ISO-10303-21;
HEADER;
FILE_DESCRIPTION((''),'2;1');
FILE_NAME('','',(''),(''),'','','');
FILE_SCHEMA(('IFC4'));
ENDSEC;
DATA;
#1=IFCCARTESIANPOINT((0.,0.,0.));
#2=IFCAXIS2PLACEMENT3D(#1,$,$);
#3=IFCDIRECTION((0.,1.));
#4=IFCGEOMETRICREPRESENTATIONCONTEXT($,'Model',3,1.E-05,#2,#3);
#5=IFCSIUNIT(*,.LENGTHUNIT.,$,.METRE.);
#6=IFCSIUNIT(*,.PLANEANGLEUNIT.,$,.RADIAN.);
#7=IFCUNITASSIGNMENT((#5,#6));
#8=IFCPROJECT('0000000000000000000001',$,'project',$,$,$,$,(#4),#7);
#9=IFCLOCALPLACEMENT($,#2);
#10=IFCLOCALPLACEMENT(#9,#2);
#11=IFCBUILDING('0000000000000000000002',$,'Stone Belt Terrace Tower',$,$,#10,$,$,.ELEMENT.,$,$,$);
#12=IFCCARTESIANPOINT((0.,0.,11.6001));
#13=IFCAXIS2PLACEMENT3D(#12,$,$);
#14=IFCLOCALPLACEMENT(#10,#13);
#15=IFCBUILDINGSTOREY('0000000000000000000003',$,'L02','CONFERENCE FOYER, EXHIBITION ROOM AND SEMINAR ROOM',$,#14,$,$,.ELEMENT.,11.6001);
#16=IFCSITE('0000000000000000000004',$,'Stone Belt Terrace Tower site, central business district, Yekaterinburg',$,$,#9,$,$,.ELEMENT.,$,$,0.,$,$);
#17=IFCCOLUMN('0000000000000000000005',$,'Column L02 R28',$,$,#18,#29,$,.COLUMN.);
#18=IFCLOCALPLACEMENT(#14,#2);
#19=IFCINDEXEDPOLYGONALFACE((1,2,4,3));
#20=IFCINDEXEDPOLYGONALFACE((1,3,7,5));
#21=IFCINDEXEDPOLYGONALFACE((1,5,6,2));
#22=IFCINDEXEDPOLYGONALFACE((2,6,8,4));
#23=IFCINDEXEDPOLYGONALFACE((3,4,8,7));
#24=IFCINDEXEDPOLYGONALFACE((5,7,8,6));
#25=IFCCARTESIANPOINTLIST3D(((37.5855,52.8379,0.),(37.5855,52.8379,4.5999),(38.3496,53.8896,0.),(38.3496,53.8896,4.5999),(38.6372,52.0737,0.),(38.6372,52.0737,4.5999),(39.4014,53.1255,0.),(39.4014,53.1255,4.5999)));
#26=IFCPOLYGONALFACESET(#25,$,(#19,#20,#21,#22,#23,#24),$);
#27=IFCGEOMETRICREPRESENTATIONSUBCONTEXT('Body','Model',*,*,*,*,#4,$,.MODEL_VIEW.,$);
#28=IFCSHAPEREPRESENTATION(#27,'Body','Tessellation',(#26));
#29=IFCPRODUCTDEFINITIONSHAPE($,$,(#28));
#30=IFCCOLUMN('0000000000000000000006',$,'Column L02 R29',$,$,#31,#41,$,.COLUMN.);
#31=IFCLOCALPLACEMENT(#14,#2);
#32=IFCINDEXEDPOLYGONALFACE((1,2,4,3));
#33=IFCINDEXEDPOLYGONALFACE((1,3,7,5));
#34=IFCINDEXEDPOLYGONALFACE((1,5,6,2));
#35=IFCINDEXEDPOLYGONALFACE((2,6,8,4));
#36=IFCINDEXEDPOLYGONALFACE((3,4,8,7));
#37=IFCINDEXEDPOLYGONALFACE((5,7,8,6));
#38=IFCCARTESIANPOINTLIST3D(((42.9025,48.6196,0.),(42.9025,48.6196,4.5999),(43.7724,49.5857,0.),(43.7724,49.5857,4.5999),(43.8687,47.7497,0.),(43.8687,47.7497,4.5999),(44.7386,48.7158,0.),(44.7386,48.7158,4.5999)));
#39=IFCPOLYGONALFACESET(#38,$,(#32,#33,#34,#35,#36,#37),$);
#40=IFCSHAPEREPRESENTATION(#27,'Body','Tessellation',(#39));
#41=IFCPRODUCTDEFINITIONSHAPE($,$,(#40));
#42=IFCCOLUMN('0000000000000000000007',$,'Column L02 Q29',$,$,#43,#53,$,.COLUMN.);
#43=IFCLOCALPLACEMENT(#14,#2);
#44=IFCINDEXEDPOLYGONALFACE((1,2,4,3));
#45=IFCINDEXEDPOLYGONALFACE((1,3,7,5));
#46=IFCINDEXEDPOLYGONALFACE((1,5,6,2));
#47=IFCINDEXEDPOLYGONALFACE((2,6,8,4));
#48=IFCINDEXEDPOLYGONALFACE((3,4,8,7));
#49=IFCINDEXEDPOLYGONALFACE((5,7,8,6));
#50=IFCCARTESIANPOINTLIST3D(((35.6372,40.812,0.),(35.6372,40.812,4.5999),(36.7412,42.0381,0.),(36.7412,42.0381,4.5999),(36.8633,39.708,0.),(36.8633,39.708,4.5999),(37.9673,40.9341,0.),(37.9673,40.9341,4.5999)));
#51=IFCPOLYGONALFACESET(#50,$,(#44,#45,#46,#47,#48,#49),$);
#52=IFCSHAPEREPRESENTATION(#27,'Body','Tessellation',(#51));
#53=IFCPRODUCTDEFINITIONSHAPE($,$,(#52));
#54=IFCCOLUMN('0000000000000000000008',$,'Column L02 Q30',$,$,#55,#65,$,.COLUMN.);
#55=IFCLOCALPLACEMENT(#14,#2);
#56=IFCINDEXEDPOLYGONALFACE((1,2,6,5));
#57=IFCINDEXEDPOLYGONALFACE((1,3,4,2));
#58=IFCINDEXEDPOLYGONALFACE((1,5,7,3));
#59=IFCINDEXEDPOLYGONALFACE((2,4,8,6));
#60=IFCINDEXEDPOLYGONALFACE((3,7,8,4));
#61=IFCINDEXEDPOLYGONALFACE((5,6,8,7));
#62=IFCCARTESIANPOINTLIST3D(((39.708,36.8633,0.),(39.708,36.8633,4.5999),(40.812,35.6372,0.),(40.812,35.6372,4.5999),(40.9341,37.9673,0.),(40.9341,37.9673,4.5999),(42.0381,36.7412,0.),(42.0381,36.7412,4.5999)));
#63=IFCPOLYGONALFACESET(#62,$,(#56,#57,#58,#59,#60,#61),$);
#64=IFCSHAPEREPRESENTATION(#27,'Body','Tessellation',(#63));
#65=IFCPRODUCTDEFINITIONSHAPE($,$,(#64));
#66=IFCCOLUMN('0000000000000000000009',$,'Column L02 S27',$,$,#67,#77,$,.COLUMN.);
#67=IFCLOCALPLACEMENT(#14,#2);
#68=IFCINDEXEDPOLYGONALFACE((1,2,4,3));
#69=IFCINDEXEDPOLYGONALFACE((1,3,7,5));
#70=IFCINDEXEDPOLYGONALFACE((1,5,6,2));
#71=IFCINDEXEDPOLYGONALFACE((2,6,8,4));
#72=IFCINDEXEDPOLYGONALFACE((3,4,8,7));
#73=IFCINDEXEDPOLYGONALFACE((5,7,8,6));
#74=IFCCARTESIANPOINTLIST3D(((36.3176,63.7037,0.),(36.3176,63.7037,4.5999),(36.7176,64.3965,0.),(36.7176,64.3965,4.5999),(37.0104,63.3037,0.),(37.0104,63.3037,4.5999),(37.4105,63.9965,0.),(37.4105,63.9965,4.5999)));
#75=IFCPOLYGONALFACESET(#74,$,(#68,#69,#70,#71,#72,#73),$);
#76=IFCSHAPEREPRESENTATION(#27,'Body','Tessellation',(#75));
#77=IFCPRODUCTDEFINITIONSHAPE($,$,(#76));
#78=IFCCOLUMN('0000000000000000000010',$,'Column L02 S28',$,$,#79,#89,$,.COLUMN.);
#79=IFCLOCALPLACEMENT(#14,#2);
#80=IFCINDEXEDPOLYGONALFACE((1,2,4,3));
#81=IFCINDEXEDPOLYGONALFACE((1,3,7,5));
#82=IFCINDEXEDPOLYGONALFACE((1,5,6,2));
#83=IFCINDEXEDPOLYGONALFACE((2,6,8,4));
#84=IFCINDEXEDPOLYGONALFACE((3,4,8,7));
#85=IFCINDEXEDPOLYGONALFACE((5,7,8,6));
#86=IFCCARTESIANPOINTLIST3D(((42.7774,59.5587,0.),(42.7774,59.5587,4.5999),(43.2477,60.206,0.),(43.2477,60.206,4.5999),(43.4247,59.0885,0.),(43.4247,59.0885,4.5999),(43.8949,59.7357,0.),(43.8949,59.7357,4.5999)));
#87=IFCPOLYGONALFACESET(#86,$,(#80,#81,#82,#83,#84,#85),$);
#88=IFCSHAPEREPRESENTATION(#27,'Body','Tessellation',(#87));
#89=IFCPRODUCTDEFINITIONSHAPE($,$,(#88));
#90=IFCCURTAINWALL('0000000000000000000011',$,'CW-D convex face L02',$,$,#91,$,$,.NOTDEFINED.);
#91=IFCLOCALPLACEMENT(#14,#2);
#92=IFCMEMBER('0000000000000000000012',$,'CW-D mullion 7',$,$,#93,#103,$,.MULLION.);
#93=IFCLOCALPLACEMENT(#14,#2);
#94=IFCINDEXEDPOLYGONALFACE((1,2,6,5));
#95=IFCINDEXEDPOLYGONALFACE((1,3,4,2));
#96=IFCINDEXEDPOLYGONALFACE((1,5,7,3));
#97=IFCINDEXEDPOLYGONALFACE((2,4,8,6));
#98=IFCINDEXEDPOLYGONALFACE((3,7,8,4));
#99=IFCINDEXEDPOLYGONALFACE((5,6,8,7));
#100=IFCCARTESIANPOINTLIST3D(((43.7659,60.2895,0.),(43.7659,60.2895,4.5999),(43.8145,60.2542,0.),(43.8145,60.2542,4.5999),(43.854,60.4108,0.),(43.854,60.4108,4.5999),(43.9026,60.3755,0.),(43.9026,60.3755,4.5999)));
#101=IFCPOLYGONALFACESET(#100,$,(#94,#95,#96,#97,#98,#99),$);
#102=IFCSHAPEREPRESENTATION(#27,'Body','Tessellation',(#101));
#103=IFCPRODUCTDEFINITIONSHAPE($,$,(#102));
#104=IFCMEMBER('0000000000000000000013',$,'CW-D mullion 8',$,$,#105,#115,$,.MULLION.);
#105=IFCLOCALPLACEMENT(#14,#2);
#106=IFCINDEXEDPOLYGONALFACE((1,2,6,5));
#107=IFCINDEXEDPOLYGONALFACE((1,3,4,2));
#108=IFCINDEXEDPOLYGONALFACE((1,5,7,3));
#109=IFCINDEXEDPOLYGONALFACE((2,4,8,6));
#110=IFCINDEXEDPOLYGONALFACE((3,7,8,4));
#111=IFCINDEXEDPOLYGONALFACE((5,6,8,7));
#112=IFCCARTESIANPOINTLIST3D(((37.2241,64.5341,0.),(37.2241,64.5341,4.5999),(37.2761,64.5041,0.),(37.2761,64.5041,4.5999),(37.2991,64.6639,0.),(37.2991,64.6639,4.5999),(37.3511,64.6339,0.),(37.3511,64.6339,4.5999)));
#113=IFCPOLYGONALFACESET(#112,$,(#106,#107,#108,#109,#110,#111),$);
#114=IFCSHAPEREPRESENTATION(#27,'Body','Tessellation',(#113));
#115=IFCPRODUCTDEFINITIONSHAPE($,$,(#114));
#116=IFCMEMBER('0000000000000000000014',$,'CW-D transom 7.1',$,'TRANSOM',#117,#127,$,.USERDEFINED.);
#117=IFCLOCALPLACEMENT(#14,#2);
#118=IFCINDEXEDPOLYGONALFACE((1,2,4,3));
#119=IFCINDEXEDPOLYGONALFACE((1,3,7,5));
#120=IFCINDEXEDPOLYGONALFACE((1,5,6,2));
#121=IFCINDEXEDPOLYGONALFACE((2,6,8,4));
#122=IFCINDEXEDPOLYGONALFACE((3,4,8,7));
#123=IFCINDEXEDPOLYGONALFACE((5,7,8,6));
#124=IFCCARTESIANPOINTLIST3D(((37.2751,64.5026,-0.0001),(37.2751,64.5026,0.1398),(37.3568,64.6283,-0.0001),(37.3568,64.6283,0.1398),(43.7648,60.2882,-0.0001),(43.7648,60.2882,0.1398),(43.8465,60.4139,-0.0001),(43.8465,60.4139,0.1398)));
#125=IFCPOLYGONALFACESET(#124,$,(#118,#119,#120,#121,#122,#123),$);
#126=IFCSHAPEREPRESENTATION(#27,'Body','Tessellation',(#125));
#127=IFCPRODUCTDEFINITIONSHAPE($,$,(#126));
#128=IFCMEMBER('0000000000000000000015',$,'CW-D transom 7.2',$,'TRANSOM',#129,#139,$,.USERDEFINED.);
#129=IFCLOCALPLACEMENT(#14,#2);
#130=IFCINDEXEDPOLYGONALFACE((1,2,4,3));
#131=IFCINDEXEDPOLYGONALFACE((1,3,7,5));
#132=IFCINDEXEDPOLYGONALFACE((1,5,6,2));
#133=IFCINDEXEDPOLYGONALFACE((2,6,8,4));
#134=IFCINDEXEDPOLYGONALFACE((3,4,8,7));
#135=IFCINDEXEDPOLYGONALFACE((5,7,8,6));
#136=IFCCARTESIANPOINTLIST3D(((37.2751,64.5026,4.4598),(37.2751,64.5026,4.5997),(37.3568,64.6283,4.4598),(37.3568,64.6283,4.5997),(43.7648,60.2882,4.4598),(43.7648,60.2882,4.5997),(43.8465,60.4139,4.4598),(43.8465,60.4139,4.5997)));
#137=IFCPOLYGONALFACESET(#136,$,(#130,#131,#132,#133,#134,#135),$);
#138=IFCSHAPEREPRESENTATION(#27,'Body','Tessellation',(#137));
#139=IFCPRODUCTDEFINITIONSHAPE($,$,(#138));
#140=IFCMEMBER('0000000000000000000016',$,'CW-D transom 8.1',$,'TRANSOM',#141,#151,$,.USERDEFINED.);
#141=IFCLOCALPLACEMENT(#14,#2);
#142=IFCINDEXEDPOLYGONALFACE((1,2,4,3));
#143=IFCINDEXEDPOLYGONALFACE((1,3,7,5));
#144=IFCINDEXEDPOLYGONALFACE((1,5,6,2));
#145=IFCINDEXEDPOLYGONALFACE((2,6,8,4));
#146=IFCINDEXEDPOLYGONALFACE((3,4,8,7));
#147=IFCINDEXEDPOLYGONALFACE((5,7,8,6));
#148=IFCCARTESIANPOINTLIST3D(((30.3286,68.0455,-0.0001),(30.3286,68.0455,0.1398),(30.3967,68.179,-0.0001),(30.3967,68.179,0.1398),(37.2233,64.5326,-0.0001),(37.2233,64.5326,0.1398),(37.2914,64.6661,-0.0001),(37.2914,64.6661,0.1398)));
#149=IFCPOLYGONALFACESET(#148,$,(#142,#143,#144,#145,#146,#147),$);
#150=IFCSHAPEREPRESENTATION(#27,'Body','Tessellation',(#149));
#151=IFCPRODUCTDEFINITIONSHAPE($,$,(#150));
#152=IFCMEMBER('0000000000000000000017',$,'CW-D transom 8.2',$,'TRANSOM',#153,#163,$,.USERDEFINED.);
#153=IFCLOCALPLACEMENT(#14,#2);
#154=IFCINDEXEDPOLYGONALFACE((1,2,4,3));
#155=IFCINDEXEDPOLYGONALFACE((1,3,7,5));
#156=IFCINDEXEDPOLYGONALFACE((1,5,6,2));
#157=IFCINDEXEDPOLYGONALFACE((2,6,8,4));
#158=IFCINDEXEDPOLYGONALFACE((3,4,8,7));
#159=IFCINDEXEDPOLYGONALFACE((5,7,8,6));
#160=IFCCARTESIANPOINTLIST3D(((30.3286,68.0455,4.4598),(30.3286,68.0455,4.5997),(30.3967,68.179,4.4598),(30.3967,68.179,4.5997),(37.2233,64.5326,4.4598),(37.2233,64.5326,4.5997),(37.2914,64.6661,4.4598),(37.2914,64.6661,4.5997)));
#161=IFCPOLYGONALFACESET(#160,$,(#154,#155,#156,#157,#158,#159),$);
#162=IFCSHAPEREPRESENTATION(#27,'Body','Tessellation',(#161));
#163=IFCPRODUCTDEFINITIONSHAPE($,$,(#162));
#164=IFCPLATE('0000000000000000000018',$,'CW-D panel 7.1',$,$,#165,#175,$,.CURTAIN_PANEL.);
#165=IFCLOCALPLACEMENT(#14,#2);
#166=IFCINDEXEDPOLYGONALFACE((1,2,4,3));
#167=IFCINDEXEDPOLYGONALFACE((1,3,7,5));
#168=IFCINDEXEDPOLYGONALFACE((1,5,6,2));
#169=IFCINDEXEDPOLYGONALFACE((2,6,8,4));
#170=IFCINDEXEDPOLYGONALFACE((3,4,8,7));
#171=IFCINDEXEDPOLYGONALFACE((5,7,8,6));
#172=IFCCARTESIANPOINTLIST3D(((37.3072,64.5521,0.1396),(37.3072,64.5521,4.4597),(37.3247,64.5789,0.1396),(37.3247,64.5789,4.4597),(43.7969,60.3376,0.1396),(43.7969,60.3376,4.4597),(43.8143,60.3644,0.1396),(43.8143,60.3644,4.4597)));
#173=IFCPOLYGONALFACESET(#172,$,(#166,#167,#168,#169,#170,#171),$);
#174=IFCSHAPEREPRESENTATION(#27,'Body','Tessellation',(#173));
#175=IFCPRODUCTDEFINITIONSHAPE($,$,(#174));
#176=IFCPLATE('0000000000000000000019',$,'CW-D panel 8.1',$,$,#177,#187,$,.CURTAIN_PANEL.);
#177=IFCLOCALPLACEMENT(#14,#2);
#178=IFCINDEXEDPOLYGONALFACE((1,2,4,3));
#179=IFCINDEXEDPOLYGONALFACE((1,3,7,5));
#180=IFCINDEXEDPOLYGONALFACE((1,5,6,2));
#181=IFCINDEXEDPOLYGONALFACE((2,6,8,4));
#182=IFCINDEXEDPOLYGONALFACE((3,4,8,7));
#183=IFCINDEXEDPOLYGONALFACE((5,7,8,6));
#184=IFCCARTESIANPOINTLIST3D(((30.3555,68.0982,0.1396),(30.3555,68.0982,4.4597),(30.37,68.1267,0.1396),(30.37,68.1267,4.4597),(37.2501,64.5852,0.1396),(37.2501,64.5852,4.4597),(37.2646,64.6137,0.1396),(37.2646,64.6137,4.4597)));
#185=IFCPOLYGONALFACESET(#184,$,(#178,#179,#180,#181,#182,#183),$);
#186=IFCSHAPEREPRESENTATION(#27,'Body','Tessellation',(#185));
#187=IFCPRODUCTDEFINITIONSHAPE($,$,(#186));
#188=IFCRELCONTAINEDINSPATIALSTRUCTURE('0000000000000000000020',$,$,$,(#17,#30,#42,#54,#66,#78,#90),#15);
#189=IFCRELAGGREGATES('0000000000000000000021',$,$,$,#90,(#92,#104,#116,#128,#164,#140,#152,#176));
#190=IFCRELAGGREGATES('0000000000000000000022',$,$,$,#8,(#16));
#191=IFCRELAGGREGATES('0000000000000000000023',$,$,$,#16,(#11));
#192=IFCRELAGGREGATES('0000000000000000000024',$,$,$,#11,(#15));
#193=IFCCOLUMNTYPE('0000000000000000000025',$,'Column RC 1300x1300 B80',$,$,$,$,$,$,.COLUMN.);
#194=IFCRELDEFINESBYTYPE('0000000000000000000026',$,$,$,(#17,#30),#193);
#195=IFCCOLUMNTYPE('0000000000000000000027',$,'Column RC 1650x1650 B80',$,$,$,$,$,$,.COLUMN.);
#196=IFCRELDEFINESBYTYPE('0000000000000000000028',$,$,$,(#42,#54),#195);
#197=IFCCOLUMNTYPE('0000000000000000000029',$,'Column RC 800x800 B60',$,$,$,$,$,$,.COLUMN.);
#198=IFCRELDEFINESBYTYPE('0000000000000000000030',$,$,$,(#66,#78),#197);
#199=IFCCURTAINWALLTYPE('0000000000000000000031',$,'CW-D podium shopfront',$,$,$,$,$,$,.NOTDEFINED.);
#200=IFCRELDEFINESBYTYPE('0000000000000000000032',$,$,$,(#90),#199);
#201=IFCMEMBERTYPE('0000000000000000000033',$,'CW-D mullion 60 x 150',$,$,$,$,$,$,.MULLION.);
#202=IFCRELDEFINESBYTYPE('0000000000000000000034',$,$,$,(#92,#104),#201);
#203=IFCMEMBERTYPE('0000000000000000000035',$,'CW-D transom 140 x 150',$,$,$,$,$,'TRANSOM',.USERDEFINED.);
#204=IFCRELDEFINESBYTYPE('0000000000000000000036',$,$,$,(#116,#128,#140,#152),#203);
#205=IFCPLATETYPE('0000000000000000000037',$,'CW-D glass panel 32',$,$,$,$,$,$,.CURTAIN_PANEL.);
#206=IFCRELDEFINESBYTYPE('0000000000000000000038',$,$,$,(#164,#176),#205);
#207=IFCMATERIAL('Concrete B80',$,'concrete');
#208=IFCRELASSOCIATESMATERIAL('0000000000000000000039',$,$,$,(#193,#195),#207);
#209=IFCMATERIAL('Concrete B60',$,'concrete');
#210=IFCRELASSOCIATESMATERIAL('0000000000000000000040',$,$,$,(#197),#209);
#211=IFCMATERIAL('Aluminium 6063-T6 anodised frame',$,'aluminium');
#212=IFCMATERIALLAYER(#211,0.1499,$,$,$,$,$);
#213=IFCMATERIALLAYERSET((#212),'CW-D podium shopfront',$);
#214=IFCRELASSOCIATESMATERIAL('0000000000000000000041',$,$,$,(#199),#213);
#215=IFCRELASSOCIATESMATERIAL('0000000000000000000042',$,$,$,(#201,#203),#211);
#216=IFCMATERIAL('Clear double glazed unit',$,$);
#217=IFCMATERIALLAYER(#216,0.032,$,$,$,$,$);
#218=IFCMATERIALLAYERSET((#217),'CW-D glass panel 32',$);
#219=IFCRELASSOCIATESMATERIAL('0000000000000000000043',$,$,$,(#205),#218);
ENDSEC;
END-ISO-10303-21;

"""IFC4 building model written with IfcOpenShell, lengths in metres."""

from ifc_helpers import new_model, si_unit, direction, frame, origin, origin_2d, place, context, subcontext, project, spatial, rectangle, extrude, material, layer, layer_set, material_profile, profile_set, type_object, element, aggregate, save


model = new_model("IFC4")

# Units and contexts
model_context = context("Model", 3, precision=1e-05, world=origin(), true_north=direction((0.0, 1.0)))
body_context = subcontext(model_context, "Body", "Model", "MODEL_VIEW")
ifc_project = project(units=[si_unit("LENGTHUNIT", "METRE"), si_unit("PLANEANGLEUNIT", "RADIAN")], contexts=[model_context])

# Site, building, storey
site_placement = place(None, origin())
site = spatial("IfcSite", under=ifc_project, at=site_placement, Name="Stone Belt Terrace Tower site, central business district, Yekaterinburg", CompositionType="ELEMENT", RefElevation=0.0)
building_placement = place(site_placement, origin())
building = spatial("IfcBuilding", under=site, at=building_placement, Name="Stone Belt Terrace Tower", CompositionType="ELEMENT")
storey_placement = place(building_placement, frame((0.0, 0.0, 11.6001)))
storey = spatial("IfcBuildingStorey", under=building, at=storey_placement, Name="L02", Description="CONFERENCE FOYER, EXHIBITION ROOM AND SEMINAR ROOM", CompositionType="ELEMENT", Elevation=11.6001)

# Columns
ifc_material_1 = material(Name="Concrete B80", Category="concrete")
ifc_material_profile_1 = material_profile(ifc_material_1, rectangle(XDim=1.3, YDim=1.3, at=origin_2d()), Name="RC 1300x1300")
ifc_profile_set_1 = profile_set([ifc_material_profile_1], Name="Concrete B80")
column_type_1 = type_object("IfcColumnType", Name="Column RC 1300x1300 B80", PredefinedType="COLUMN", material=ifc_profile_set_1)
for number, where, z_axis, x_axis, name in (
    (1, (38.4934, 52.9817, 0.0), (0.0, 0.0, 1.0), (0.809017, -0.587785, 0.0), "Column L02 R28"),
    (2, (43.8206, 48.6677, 0.0), (0.0, 0.0, 1.0), (0.743145, -0.669131, 0.0), "Column L02 R29"),
):
    element("IfcColumn", number, at=place(storey_placement, frame(where, z_axis=z_axis, x_axis=x_axis)), inside=storey, type_object=column_type_1, Name=name, PredefinedType="COLUMN", context=body_context, shape_type="SweptSolid", body=[
        extrude(rectangle(XDim=1.3, YDim=1.3, at=origin_2d()), origin(), (0.0, 0.0, 1.0), 4.5999),
    ])
ifc_material_profile_2 = material_profile(ifc_material_1, rectangle(XDim=1.6499, YDim=1.6499, at=origin_2d()), Name="RC 1650x1650")
ifc_profile_set_2 = profile_set([ifc_material_profile_2], Name="Concrete B80")
column_type_2 = type_object("IfcColumnType", Name="Column RC 1650x1650 B80", PredefinedType="COLUMN", material=ifc_profile_set_2)
for number, where, z_axis, x_axis, name in (
    (3, (36.8022, 40.873, 0.0), (0.0, 0.0, 1.0), (0.743145, -0.669131, 0.0), "Column L02 Q29"),
    (4, (40.873, 36.8022, 0.0), (0.0, 0.0, 1.0), (0.669131, -0.743145, 0.0), "Column L02 Q30"),
):
    element("IfcColumn", number, at=place(storey_placement, frame(where, z_axis=z_axis, x_axis=x_axis)), inside=storey, type_object=column_type_2, Name=name, PredefinedType="COLUMN", context=body_context, shape_type="SweptSolid", body=[
        extrude(rectangle(XDim=1.6499, YDim=1.6499, at=origin_2d()), origin(), (0.0, 0.0, 1.0), 4.5999),
    ])
ifc_material_2 = material(Name="Concrete B60", Category="concrete")
ifc_material_profile_3 = material_profile(ifc_material_2, rectangle(XDim=0.8, YDim=0.8, at=origin_2d()), Name="RC 800x800")
ifc_profile_set_3 = profile_set([ifc_material_profile_3], Name="Concrete B60")
column_type_3 = type_object("IfcColumnType", Name="Column RC 800x800 B60", PredefinedType="COLUMN", material=ifc_profile_set_3)
for number, where, z_axis, x_axis, name in (
    (5, (36.864, 63.8501, 0.0), (0.0, 0.0, 1.0), (0.866025, -0.5, 0.0), "Column L02 S27"),
    (6, (43.3362, 59.6472, 0.0), (0.0, 0.0, 1.0), (0.809017, -0.587785, 0.0), "Column L02 S28"),
):
    element("IfcColumn", number, at=place(storey_placement, frame(where, z_axis=z_axis, x_axis=x_axis)), inside=storey, type_object=column_type_3, Name=name, PredefinedType="COLUMN", context=body_context, shape_type="SweptSolid", body=[
        extrude(rectangle(XDim=0.8, YDim=0.8, at=origin_2d()), origin(), (0.0, 0.0, 1.0), 4.5999),
    ])

# Curtain wall, members, plates
ifc_material_3 = material(Name="Aluminium 6063-T6 anodised frame", Category="aluminium")
ifc_layer_1 = layer(ifc_material_3, 0.1499)
ifc_layer_set_1 = layer_set([ifc_layer_1], Name="CW-D podium shopfront")
curtain_wall_type = type_object("IfcCurtainWallType", Name="CW-D podium shopfront", PredefinedType="NOTDEFINED", material=ifc_layer_set_1)
curtain_wall_placement = place(storey_placement, origin())
curtain_wall = element("IfcCurtainWall", 7, at=curtain_wall_placement, inside=storey, type_object=curtain_wall_type, Name="CW-D convex face L02", PredefinedType="NOTDEFINED")
ifc_material_profile_4 = material_profile(ifc_material_3, rectangle(XDim=0.1499, YDim=0.0601, at=origin_2d()), Name="Aluminium 6063-T6 60x150")
ifc_profile_set_4 = profile_set([ifc_material_profile_4], Name="Aluminium 6063-T6 anodised frame")
member_type_1 = type_object("IfcMemberType", Name="CW-D mullion 60 x 150", PredefinedType="MULLION", material=ifc_profile_set_4)
member_1_placement = place(storey_placement, frame((43.8342, 60.3325, 0.0), z_axis=(0.0, 0.0, 1.0), x_axis=(-0.587785, -0.809017, 0.0)))
member_1 = element("IfcMember", 8, at=member_1_placement, type_object=member_type_1, Name="CW-D mullion 7", PredefinedType="MULLION", context=body_context, shape_type="SweptSolid", body=[
    extrude(rectangle(XDim=0.1499, YDim=0.0601, at=origin_2d()), origin(), (0.0, 0.0, 1.0), 4.5999),
])
member_2_placement = place(storey_placement, frame((37.2876, 64.584, 0.0), z_axis=(0.0, 0.0, 1.0), x_axis=(-0.5, -0.866025, 0.0)))
member_2 = element("IfcMember", 9, at=member_2_placement, type_object=member_type_1, Name="CW-D mullion 8", PredefinedType="MULLION", context=body_context, shape_type="SweptSolid", body=[
    extrude(rectangle(XDim=0.1499, YDim=0.0601, at=origin_2d()), origin(), (0.0, 0.0, 1.0), 4.5999),
])
ifc_material_profile_5 = material_profile(ifc_material_3, rectangle(XDim=0.1499, YDim=0.1399, at=origin_2d()), Name="Aluminium 6063-T6 150x140")
ifc_profile_set_5 = profile_set([ifc_material_profile_5], Name="Aluminium 6063-T6 anodised frame")
member_type_2 = type_object("IfcMemberType", Name="CW-D transom 140 x 150", ElementType="TRANSOM", PredefinedType="USERDEFINED", material=ifc_profile_set_5)
member_3_placement = place(storey_placement, frame((43.8057, 60.3511, 0.0698), z_axis=(-0.838679, 0.544627, 0.0), x_axis=(-0.544627, -0.838679, 0.0)))
member_3 = element("IfcMember", 10, at=member_3_placement, type_object=member_type_2, Name="CW-D transom 7.1", ObjectType="TRANSOM", PredefinedType="USERDEFINED", context=body_context, shape_type="SweptSolid", body=[
    extrude(rectangle(XDim=0.1499, YDim=0.1399, at=origin_2d()), origin(), (0.0, 0.0, 1.0), 7.738),
])
member_4_placement = place(storey_placement, frame((43.8057, 60.3511, 4.5298), z_axis=(-0.838679, 0.544627, 0.0), x_axis=(-0.544627, -0.838679, 0.0)))
member_4 = element("IfcMember", 11, at=member_4_placement, type_object=member_type_2, Name="CW-D transom 7.2", ObjectType="TRANSOM", PredefinedType="USERDEFINED", context=body_context, shape_type="SweptSolid", body=[
    extrude(rectangle(XDim=0.1499, YDim=0.1399, at=origin_2d()), origin(), (0.0, 0.0, 1.0), 7.738),
])
member_5_placement = place(storey_placement, frame((37.2573, 64.5994, 0.0698), z_axis=(-0.891013, 0.453978, 0.0), x_axis=(-0.453978, -0.891013, 0.0)))
member_5 = element("IfcMember", 12, at=member_5_placement, type_object=member_type_2, Name="CW-D transom 8.1", ObjectType="TRANSOM", PredefinedType="USERDEFINED", context=body_context, shape_type="SweptSolid", body=[
    extrude(rectangle(XDim=0.1499, YDim=0.1399, at=origin_2d()), origin(), (0.0, 0.0, 1.0), 7.738),
])
member_6_placement = place(storey_placement, frame((37.2573, 64.5994, 4.5298), z_axis=(-0.891013, 0.453978, 0.0), x_axis=(-0.453978, -0.891013, 0.0)))
member_6 = element("IfcMember", 13, at=member_6_placement, type_object=member_type_2, Name="CW-D transom 8.2", ObjectType="TRANSOM", PredefinedType="USERDEFINED", context=body_context, shape_type="SweptSolid", body=[
    extrude(rectangle(XDim=0.1499, YDim=0.1399, at=origin_2d()), origin(), (0.0, 0.0, 1.0), 7.738),
])
ifc_material_4 = material(Name="Clear double glazed unit")
ifc_layer_2 = layer(ifc_material_4, 0.032)
ifc_layer_set_2 = layer_set([ifc_layer_2], Name="CW-D glass panel 32")
plate_type = type_object("IfcPlateType", Name="CW-D glass panel 32", PredefinedType="CURTAIN_PANEL", material=ifc_layer_set_2)
plate_1_placement = place(storey_placement, frame((40.5608, 62.4583, 0.1396), z_axis=(0.0, 0.0, 1.0), x_axis=(-0.838671, 0.544639, 0.0)))
plate_1 = element("IfcPlate", 14, at=plate_1_placement, type_object=plate_type, Name="CW-D panel 7.1", PredefinedType="CURTAIN_PANEL", context=body_context, shape_type="SweptSolid", body=[
    extrude(rectangle(XDim=7.738, YDim=0.032, at=origin_2d()), origin(), (0.0, 0.0, 1.0), 4.3201),
])
plate_2_placement = place(storey_placement, frame((33.8101, 66.356, 0.1396), z_axis=(0.0, 0.0, 1.0), x_axis=(-0.891007, 0.45399, 0.0)))
plate_2 = element("IfcPlate", 15, at=plate_2_placement, type_object=plate_type, Name="CW-D panel 8.1", PredefinedType="CURTAIN_PANEL", context=body_context, shape_type="SweptSolid", body=[
    extrude(rectangle(XDim=7.738, YDim=0.032, at=origin_2d()), origin(), (0.0, 0.0, 1.0), 4.3201),
])
aggregate(curtain_wall, [member_1, member_2, member_3, member_4, plate_1, member_5, member_6, plate_2])

save(model, "model.ifc")
